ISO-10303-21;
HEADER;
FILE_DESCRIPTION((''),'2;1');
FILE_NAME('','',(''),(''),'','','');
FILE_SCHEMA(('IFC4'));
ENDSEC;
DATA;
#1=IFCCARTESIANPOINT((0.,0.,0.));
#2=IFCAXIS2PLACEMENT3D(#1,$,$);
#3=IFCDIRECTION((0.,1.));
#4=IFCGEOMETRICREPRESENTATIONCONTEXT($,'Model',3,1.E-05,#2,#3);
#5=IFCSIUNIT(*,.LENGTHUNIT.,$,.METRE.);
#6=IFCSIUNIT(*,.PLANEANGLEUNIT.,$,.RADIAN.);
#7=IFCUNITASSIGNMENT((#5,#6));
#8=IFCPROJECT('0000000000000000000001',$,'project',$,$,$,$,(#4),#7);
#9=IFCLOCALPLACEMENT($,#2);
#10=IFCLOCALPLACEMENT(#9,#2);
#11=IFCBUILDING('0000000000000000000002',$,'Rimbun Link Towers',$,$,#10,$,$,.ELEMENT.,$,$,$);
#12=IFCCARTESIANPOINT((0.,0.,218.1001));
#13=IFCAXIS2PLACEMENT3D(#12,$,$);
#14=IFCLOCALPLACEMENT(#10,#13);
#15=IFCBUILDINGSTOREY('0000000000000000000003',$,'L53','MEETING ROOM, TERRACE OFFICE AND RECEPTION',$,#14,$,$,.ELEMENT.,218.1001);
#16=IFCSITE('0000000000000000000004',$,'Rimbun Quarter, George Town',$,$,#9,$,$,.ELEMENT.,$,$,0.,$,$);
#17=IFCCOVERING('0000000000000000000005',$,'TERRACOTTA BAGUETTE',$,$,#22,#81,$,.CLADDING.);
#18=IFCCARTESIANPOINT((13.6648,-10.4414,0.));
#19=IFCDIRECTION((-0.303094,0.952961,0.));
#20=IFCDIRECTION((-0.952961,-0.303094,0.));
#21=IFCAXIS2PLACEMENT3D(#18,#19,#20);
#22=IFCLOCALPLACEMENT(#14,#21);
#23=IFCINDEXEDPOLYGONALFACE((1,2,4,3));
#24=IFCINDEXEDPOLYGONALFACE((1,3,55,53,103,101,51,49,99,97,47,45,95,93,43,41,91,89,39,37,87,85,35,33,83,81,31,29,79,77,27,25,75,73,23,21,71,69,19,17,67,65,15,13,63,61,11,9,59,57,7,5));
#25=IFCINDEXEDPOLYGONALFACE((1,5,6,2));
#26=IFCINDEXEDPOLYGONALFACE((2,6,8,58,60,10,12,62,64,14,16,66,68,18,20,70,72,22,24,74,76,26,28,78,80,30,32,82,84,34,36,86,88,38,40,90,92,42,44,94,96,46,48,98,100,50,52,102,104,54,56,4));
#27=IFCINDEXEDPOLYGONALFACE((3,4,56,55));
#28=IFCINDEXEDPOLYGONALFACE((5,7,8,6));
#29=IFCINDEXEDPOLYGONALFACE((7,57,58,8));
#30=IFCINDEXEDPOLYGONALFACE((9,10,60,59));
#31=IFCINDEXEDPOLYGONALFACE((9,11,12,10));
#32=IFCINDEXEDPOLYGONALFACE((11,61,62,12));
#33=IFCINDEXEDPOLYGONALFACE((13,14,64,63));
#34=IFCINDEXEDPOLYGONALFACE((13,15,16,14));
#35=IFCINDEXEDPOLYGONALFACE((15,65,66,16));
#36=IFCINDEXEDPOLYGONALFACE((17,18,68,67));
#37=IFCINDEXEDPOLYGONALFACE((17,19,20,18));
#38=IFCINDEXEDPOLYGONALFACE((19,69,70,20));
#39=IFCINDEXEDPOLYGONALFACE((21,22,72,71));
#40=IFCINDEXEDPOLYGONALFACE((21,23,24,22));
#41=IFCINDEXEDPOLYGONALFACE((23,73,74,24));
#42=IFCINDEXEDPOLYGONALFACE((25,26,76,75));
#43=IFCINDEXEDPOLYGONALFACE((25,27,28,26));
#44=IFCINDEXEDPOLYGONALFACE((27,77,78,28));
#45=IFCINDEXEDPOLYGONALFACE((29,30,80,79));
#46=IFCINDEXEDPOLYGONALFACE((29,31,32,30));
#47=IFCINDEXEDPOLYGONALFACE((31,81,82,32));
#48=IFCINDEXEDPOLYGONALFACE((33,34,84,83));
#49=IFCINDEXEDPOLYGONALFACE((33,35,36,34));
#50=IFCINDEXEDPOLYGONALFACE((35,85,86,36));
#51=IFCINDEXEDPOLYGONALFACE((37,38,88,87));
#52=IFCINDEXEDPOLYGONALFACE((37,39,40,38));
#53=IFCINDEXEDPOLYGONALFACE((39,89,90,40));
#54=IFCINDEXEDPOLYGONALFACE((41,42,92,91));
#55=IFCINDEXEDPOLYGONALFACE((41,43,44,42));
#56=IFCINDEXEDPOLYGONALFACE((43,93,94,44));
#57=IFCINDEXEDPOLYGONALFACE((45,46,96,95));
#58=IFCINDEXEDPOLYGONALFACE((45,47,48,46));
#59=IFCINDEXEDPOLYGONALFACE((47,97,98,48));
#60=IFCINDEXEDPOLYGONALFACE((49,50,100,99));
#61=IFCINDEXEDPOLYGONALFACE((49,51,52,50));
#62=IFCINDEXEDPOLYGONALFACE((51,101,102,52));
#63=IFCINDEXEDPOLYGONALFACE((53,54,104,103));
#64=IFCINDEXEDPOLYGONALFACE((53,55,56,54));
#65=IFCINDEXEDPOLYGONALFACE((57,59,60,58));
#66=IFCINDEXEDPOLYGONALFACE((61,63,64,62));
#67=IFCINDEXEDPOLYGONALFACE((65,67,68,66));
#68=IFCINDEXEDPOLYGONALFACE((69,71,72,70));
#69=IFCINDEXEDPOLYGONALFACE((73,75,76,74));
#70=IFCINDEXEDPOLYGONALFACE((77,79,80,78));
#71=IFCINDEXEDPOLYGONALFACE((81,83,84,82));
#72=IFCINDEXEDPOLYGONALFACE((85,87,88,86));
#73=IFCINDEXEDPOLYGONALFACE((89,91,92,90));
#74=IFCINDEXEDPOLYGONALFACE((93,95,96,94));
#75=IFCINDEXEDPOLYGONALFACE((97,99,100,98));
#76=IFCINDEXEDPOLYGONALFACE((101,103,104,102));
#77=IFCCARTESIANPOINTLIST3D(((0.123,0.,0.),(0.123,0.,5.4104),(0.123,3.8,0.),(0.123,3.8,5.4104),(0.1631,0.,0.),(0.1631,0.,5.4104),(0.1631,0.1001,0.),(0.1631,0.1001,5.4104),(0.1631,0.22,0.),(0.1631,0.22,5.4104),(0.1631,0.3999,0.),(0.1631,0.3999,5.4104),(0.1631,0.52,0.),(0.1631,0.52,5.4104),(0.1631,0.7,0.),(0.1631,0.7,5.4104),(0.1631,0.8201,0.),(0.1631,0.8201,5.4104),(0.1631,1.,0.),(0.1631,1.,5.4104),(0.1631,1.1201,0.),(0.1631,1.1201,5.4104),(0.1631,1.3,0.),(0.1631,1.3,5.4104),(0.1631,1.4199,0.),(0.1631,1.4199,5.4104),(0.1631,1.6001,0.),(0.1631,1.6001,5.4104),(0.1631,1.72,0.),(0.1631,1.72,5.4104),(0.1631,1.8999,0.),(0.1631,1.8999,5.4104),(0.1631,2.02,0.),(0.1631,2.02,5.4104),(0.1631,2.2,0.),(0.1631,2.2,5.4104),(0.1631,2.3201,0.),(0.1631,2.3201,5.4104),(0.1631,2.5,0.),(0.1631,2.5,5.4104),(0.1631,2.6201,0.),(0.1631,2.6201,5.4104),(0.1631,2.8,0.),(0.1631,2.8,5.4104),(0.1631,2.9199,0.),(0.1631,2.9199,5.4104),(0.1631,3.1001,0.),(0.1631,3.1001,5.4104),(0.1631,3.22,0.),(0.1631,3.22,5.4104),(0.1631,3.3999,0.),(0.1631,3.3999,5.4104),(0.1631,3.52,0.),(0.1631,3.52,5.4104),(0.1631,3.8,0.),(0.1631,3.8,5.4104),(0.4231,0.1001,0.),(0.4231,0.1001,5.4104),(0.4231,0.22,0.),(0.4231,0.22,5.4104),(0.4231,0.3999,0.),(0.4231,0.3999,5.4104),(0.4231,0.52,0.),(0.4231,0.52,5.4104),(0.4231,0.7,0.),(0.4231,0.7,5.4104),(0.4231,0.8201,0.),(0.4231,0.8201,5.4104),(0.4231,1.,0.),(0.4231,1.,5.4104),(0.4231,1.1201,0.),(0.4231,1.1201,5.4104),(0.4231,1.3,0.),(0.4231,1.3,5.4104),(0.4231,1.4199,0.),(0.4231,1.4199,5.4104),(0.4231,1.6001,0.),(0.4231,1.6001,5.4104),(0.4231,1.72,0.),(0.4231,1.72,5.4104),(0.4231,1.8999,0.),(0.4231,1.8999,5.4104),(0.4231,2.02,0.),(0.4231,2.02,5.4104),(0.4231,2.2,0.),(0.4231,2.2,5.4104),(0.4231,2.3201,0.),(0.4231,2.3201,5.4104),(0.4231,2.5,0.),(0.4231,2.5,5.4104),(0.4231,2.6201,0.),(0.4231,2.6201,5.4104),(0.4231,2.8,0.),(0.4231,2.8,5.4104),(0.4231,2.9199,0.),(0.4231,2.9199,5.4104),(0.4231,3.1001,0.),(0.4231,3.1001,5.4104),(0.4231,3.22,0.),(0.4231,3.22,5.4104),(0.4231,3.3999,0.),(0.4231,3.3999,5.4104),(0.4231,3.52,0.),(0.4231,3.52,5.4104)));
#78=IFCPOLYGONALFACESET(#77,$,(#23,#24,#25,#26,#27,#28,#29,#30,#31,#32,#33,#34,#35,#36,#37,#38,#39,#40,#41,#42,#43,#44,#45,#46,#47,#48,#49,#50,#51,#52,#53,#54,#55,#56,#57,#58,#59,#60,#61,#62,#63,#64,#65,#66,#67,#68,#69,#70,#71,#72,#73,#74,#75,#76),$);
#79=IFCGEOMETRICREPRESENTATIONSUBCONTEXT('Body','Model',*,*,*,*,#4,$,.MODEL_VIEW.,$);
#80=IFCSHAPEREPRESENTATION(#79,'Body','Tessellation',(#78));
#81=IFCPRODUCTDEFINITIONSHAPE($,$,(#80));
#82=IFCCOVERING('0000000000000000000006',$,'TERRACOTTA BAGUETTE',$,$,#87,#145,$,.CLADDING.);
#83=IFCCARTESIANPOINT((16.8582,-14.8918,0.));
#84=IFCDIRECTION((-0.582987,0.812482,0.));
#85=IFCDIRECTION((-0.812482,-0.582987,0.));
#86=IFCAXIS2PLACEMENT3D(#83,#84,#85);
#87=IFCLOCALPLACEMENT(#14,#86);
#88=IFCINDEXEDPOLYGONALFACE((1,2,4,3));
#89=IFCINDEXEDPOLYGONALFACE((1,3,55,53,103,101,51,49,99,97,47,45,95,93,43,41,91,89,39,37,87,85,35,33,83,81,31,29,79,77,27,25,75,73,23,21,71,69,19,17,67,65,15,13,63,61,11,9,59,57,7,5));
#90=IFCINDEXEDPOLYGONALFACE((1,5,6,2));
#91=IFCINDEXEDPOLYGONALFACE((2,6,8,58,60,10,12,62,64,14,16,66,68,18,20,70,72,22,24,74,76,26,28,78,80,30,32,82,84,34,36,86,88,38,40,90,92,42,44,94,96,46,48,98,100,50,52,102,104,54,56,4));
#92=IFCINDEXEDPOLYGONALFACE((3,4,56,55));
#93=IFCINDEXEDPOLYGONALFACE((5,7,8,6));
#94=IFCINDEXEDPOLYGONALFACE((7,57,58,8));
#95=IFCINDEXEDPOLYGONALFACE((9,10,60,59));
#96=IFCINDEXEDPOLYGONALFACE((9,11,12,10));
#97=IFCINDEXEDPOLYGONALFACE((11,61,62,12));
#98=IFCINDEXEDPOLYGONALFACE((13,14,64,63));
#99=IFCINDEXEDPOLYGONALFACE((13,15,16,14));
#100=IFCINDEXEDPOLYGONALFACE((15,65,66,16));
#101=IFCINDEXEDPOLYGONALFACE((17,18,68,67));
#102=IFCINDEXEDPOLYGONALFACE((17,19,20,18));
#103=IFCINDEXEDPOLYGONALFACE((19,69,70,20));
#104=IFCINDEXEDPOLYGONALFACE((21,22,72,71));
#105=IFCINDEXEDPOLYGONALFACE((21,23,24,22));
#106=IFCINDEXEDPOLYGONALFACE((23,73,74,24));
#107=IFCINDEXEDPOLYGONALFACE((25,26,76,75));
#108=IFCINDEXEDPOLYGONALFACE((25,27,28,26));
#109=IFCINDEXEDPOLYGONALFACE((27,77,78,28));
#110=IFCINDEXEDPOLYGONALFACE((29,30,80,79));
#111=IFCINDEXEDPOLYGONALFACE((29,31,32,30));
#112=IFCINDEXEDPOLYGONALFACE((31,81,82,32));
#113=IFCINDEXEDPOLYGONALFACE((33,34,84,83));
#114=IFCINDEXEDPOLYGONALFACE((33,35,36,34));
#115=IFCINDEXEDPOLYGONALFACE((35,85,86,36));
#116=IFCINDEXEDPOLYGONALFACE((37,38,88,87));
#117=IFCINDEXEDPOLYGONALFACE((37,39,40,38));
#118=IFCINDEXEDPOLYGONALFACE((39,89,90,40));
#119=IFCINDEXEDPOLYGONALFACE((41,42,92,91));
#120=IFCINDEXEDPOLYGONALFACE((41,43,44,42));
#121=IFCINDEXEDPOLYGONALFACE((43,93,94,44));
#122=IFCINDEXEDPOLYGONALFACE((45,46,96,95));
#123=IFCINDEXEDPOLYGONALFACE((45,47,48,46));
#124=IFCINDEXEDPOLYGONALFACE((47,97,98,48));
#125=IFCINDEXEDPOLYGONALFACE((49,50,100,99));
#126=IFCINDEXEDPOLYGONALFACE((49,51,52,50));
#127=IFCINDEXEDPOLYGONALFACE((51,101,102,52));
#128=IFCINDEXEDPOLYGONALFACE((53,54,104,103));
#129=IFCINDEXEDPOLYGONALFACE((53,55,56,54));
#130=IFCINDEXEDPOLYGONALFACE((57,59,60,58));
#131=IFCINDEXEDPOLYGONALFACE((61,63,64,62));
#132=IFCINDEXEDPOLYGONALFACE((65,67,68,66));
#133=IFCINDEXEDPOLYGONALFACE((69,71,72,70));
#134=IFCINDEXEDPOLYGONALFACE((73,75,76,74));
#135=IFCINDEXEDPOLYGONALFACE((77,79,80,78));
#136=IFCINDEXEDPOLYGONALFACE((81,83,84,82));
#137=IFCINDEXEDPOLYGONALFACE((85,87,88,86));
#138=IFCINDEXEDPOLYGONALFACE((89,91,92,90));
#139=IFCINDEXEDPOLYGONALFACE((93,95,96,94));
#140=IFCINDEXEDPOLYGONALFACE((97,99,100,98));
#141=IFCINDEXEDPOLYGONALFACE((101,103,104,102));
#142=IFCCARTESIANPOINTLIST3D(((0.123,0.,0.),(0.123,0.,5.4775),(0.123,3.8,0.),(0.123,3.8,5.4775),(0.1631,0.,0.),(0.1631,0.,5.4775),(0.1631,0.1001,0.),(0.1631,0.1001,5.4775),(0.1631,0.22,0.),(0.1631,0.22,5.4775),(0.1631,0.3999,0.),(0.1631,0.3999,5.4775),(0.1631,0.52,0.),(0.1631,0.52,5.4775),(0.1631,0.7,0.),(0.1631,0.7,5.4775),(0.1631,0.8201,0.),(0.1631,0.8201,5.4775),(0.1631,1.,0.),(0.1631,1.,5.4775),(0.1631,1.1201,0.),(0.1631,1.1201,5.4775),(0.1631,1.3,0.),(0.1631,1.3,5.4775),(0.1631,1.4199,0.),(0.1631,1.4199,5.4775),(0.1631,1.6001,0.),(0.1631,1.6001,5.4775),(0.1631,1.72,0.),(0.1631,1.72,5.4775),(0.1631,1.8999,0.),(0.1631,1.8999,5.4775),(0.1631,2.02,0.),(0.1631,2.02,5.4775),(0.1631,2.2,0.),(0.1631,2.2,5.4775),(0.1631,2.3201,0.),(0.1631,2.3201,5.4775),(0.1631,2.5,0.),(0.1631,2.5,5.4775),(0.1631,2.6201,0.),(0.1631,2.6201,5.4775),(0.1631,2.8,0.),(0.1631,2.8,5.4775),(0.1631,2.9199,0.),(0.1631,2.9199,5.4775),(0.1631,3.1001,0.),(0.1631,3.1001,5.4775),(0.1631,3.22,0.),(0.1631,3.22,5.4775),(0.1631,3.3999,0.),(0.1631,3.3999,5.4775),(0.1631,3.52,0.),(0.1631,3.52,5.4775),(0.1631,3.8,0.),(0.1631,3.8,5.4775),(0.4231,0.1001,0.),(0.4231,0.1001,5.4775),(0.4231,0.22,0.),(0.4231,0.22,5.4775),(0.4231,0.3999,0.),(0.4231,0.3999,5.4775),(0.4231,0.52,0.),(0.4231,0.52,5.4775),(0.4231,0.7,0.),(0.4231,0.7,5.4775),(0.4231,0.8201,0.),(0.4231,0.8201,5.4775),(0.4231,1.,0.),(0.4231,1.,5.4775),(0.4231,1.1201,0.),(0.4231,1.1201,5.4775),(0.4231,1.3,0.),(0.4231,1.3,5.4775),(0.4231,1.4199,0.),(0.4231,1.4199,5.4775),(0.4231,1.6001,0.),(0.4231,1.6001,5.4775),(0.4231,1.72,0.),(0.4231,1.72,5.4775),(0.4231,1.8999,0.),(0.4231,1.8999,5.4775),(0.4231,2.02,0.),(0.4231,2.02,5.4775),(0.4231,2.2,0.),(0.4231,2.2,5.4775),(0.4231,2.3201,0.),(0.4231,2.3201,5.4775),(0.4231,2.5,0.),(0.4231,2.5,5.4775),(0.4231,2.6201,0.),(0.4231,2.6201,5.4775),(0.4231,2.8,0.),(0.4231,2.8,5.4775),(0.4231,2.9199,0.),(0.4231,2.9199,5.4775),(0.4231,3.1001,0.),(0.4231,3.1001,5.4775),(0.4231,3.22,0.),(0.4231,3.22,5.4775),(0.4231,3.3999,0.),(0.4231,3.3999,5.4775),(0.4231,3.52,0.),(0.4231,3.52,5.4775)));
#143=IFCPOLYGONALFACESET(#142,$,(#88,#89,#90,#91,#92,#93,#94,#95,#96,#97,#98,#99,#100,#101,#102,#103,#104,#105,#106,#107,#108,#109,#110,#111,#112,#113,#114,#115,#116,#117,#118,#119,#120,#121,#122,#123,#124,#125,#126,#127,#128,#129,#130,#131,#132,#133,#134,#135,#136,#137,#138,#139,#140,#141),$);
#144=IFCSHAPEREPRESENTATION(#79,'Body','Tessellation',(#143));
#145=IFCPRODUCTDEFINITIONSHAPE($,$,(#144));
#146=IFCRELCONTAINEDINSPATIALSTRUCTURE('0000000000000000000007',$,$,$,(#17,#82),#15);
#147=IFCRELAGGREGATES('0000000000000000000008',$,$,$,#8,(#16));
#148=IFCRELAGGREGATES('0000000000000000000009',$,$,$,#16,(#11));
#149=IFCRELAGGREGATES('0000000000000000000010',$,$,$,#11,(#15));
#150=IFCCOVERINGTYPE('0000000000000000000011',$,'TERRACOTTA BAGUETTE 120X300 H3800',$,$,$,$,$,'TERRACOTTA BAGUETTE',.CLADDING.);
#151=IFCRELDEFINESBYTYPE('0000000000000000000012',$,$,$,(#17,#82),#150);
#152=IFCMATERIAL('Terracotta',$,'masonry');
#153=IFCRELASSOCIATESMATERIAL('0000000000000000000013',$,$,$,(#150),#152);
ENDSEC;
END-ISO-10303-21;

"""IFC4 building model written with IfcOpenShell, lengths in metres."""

from ifc_helpers import new_model, si_unit, direction, frame, origin, place, context, subcontext, project, spatial, polyline, outline, extrude, material, material_profile, profile_set, type_object, element, save


model = new_model("IFC4")

# Units and contexts
model_context = context("Model", 3, precision=1e-05, world=origin(), true_north=direction((0.0, 1.0)))
body_context = subcontext(model_context, "Body", "Model", "MODEL_VIEW")
ifc_project = project(units=[si_unit("LENGTHUNIT", "METRE"), si_unit("PLANEANGLEUNIT", "RADIAN")], contexts=[model_context])

# Site, building, storey
site_placement = place(None, origin())
site = spatial("IfcSite", under=ifc_project, at=site_placement, Name="Rimbun Quarter, George Town", CompositionType="ELEMENT", RefElevation=0.0)
building_placement = place(site_placement, origin())
building = spatial("IfcBuilding", under=site, at=building_placement, Name="Rimbun Link Towers", CompositionType="ELEMENT")
storey_placement = place(building_placement, frame((0.0, 0.0, 218.1001)))
storey = spatial("IfcBuildingStorey", under=building, at=storey_placement, Name="L53", Description="MEETING ROOM, TERRACE OFFICE AND RECEPTION", CompositionType="ELEMENT", Elevation=218.1001)

# Coverings
ifc_material_1 = material(Name="Terracotta", Category="masonry")
ifc_material_profile_1 = material_profile(ifc_material_1, outline(polyline([(0.123, 0.0), (0.1631, 0.0), (0.1631, 0.1001), (0.4231, 0.1001), (0.4231, 0.22), (0.1631, 0.22), (0.1631, 0.3999), (0.4231, 0.3999), (0.4231, 0.52), (0.1631, 0.52), (0.1631, 0.7), (0.4231, 0.7), (0.4231, 0.8201), (0.1631, 0.8201), (0.1631, 1.0), (0.4231, 1.0), (0.4231, 1.1201), (0.1631, 1.1201), (0.1631, 1.3), (0.4231, 1.3), (0.4231, 1.4199), (0.1631, 1.4199), (0.1631, 1.6001), (0.4231, 1.6001), (0.4231, 1.72), (0.1631, 1.72), (0.1631, 1.8999), (0.4231, 1.8999), (0.4231, 2.02), (0.1631, 2.02), (0.1631, 2.2), (0.4231, 2.2), (0.4231, 2.3201), (0.1631, 2.3201), (0.1631, 2.5), (0.4231, 2.5), (0.4231, 2.6201), (0.1631, 2.6201), (0.1631, 2.8), (0.4231, 2.8), (0.4231, 2.9199), (0.1631, 2.9199), (0.1631, 3.1001), (0.4231, 3.1001), (0.4231, 3.22), (0.1631, 3.22), (0.1631, 3.3999), (0.4231, 3.3999), (0.4231, 3.52), (0.1631, 3.52), (0.1631, 3.8), (0.123, 3.8), (0.123, 0.0)])), Name="BAGUETTE 120X300")
ifc_profile_set_1 = profile_set([ifc_material_profile_1], Name="Terracotta")
covering_type = type_object("IfcCoveringType", Name="TERRACOTTA BAGUETTE 120X300 H3800", ElementType="TERRACOTTA BAGUETTE", PredefinedType="CLADDING", material=ifc_profile_set_1)
covering_placement = place(storey_placement, frame((13.6648, -10.4414, 0.0), z_axis=(-0.303094, 0.952961, 0.0), x_axis=(-0.952961, -0.303094, 0.0)))
element("IfcCovering", 1, at=covering_placement, inside=storey, type_object=covering_type, Name="TERRACOTTA BAGUETTE", PredefinedType="CLADDING", context=body_context, shape_type="SweptSolid", body=[
    extrude(outline(polyline([(0.123, 0.0), (0.1631, 0.0), (0.1631, 0.1001), (0.4231, 0.1001), (0.4231, 0.22), (0.1631, 0.22), (0.1631, 0.3999), (0.4231, 0.3999), (0.4231, 0.52), (0.1631, 0.52), (0.1631, 0.7), (0.4231, 0.7), (0.4231, 0.8201), (0.1631, 0.8201), (0.1631, 1.0), (0.4231, 1.0), (0.4231, 1.1201), (0.1631, 1.1201), (0.1631, 1.3), (0.4231, 1.3), (0.4231, 1.4199), (0.1631, 1.4199), (0.1631, 1.6001), (0.4231, 1.6001), (0.4231, 1.72), (0.1631, 1.72), (0.1631, 1.8999), (0.4231, 1.8999), (0.4231, 2.02), (0.1631, 2.02), (0.1631, 2.2), (0.4231, 2.2), (0.4231, 2.3201), (0.1631, 2.3201), (0.1631, 2.5), (0.4231, 2.5), (0.4231, 2.6201), (0.1631, 2.6201), (0.1631, 2.8), (0.4231, 2.8), (0.4231, 2.9199), (0.1631, 2.9199), (0.1631, 3.1001), (0.4231, 3.1001), (0.4231, 3.22), (0.1631, 3.22), (0.1631, 3.3999), (0.4231, 3.3999), (0.4231, 3.52), (0.1631, 3.52), (0.1631, 3.8), (0.123, 3.8), (0.123, 0.0)])), origin(), (0.0, 0.0, 1.0), 5.4104),
])
for number, where, z_axis, x_axis, name in (
    (2, (16.8582, -14.8918, 0.0), (-0.582987, 0.812482, 0.0), (-0.812482, -0.582987, 0.0), "TERRACOTTA BAGUETTE"),
):
    element("IfcCovering", number, at=place(storey_placement, frame(where, z_axis=z_axis, x_axis=x_axis)), inside=storey, type_object=covering_type, Name=name, PredefinedType="CLADDING", context=body_context, shape_type="SweptSolid", body=[
        extrude(outline(polyline([(0.123, 0.0), (0.1631, 0.0), (0.1631, 0.1001), (0.4231, 0.1001), (0.4231, 0.22), (0.1631, 0.22), (0.1631, 0.3999), (0.4231, 0.3999), (0.4231, 0.52), (0.1631, 0.52), (0.1631, 0.7), (0.4231, 0.7), (0.4231, 0.8201), (0.1631, 0.8201), (0.1631, 1.0), (0.4231, 1.0), (0.4231, 1.1201), (0.1631, 1.1201), (0.1631, 1.3), (0.4231, 1.3), (0.4231, 1.4199), (0.1631, 1.4199), (0.1631, 1.6001), (0.4231, 1.6001), (0.4231, 1.72), (0.1631, 1.72), (0.1631, 1.8999), (0.4231, 1.8999), (0.4231, 2.02), (0.1631, 2.02), (0.1631, 2.2), (0.4231, 2.2), (0.4231, 2.3201), (0.1631, 2.3201), (0.1631, 2.5), (0.4231, 2.5), (0.4231, 2.6201), (0.1631, 2.6201), (0.1631, 2.8), (0.4231, 2.8), (0.4231, 2.9199), (0.1631, 2.9199), (0.1631, 3.1001), (0.4231, 3.1001), (0.4231, 3.22), (0.1631, 3.22), (0.1631, 3.3999), (0.4231, 3.3999), (0.4231, 3.52), (0.1631, 3.52), (0.1631, 3.8), (0.123, 3.8), (0.123, 0.0)])), origin(), (0.0, 0.0, 1.0), 5.4775),
    ])

save(model, "model.ifc")
